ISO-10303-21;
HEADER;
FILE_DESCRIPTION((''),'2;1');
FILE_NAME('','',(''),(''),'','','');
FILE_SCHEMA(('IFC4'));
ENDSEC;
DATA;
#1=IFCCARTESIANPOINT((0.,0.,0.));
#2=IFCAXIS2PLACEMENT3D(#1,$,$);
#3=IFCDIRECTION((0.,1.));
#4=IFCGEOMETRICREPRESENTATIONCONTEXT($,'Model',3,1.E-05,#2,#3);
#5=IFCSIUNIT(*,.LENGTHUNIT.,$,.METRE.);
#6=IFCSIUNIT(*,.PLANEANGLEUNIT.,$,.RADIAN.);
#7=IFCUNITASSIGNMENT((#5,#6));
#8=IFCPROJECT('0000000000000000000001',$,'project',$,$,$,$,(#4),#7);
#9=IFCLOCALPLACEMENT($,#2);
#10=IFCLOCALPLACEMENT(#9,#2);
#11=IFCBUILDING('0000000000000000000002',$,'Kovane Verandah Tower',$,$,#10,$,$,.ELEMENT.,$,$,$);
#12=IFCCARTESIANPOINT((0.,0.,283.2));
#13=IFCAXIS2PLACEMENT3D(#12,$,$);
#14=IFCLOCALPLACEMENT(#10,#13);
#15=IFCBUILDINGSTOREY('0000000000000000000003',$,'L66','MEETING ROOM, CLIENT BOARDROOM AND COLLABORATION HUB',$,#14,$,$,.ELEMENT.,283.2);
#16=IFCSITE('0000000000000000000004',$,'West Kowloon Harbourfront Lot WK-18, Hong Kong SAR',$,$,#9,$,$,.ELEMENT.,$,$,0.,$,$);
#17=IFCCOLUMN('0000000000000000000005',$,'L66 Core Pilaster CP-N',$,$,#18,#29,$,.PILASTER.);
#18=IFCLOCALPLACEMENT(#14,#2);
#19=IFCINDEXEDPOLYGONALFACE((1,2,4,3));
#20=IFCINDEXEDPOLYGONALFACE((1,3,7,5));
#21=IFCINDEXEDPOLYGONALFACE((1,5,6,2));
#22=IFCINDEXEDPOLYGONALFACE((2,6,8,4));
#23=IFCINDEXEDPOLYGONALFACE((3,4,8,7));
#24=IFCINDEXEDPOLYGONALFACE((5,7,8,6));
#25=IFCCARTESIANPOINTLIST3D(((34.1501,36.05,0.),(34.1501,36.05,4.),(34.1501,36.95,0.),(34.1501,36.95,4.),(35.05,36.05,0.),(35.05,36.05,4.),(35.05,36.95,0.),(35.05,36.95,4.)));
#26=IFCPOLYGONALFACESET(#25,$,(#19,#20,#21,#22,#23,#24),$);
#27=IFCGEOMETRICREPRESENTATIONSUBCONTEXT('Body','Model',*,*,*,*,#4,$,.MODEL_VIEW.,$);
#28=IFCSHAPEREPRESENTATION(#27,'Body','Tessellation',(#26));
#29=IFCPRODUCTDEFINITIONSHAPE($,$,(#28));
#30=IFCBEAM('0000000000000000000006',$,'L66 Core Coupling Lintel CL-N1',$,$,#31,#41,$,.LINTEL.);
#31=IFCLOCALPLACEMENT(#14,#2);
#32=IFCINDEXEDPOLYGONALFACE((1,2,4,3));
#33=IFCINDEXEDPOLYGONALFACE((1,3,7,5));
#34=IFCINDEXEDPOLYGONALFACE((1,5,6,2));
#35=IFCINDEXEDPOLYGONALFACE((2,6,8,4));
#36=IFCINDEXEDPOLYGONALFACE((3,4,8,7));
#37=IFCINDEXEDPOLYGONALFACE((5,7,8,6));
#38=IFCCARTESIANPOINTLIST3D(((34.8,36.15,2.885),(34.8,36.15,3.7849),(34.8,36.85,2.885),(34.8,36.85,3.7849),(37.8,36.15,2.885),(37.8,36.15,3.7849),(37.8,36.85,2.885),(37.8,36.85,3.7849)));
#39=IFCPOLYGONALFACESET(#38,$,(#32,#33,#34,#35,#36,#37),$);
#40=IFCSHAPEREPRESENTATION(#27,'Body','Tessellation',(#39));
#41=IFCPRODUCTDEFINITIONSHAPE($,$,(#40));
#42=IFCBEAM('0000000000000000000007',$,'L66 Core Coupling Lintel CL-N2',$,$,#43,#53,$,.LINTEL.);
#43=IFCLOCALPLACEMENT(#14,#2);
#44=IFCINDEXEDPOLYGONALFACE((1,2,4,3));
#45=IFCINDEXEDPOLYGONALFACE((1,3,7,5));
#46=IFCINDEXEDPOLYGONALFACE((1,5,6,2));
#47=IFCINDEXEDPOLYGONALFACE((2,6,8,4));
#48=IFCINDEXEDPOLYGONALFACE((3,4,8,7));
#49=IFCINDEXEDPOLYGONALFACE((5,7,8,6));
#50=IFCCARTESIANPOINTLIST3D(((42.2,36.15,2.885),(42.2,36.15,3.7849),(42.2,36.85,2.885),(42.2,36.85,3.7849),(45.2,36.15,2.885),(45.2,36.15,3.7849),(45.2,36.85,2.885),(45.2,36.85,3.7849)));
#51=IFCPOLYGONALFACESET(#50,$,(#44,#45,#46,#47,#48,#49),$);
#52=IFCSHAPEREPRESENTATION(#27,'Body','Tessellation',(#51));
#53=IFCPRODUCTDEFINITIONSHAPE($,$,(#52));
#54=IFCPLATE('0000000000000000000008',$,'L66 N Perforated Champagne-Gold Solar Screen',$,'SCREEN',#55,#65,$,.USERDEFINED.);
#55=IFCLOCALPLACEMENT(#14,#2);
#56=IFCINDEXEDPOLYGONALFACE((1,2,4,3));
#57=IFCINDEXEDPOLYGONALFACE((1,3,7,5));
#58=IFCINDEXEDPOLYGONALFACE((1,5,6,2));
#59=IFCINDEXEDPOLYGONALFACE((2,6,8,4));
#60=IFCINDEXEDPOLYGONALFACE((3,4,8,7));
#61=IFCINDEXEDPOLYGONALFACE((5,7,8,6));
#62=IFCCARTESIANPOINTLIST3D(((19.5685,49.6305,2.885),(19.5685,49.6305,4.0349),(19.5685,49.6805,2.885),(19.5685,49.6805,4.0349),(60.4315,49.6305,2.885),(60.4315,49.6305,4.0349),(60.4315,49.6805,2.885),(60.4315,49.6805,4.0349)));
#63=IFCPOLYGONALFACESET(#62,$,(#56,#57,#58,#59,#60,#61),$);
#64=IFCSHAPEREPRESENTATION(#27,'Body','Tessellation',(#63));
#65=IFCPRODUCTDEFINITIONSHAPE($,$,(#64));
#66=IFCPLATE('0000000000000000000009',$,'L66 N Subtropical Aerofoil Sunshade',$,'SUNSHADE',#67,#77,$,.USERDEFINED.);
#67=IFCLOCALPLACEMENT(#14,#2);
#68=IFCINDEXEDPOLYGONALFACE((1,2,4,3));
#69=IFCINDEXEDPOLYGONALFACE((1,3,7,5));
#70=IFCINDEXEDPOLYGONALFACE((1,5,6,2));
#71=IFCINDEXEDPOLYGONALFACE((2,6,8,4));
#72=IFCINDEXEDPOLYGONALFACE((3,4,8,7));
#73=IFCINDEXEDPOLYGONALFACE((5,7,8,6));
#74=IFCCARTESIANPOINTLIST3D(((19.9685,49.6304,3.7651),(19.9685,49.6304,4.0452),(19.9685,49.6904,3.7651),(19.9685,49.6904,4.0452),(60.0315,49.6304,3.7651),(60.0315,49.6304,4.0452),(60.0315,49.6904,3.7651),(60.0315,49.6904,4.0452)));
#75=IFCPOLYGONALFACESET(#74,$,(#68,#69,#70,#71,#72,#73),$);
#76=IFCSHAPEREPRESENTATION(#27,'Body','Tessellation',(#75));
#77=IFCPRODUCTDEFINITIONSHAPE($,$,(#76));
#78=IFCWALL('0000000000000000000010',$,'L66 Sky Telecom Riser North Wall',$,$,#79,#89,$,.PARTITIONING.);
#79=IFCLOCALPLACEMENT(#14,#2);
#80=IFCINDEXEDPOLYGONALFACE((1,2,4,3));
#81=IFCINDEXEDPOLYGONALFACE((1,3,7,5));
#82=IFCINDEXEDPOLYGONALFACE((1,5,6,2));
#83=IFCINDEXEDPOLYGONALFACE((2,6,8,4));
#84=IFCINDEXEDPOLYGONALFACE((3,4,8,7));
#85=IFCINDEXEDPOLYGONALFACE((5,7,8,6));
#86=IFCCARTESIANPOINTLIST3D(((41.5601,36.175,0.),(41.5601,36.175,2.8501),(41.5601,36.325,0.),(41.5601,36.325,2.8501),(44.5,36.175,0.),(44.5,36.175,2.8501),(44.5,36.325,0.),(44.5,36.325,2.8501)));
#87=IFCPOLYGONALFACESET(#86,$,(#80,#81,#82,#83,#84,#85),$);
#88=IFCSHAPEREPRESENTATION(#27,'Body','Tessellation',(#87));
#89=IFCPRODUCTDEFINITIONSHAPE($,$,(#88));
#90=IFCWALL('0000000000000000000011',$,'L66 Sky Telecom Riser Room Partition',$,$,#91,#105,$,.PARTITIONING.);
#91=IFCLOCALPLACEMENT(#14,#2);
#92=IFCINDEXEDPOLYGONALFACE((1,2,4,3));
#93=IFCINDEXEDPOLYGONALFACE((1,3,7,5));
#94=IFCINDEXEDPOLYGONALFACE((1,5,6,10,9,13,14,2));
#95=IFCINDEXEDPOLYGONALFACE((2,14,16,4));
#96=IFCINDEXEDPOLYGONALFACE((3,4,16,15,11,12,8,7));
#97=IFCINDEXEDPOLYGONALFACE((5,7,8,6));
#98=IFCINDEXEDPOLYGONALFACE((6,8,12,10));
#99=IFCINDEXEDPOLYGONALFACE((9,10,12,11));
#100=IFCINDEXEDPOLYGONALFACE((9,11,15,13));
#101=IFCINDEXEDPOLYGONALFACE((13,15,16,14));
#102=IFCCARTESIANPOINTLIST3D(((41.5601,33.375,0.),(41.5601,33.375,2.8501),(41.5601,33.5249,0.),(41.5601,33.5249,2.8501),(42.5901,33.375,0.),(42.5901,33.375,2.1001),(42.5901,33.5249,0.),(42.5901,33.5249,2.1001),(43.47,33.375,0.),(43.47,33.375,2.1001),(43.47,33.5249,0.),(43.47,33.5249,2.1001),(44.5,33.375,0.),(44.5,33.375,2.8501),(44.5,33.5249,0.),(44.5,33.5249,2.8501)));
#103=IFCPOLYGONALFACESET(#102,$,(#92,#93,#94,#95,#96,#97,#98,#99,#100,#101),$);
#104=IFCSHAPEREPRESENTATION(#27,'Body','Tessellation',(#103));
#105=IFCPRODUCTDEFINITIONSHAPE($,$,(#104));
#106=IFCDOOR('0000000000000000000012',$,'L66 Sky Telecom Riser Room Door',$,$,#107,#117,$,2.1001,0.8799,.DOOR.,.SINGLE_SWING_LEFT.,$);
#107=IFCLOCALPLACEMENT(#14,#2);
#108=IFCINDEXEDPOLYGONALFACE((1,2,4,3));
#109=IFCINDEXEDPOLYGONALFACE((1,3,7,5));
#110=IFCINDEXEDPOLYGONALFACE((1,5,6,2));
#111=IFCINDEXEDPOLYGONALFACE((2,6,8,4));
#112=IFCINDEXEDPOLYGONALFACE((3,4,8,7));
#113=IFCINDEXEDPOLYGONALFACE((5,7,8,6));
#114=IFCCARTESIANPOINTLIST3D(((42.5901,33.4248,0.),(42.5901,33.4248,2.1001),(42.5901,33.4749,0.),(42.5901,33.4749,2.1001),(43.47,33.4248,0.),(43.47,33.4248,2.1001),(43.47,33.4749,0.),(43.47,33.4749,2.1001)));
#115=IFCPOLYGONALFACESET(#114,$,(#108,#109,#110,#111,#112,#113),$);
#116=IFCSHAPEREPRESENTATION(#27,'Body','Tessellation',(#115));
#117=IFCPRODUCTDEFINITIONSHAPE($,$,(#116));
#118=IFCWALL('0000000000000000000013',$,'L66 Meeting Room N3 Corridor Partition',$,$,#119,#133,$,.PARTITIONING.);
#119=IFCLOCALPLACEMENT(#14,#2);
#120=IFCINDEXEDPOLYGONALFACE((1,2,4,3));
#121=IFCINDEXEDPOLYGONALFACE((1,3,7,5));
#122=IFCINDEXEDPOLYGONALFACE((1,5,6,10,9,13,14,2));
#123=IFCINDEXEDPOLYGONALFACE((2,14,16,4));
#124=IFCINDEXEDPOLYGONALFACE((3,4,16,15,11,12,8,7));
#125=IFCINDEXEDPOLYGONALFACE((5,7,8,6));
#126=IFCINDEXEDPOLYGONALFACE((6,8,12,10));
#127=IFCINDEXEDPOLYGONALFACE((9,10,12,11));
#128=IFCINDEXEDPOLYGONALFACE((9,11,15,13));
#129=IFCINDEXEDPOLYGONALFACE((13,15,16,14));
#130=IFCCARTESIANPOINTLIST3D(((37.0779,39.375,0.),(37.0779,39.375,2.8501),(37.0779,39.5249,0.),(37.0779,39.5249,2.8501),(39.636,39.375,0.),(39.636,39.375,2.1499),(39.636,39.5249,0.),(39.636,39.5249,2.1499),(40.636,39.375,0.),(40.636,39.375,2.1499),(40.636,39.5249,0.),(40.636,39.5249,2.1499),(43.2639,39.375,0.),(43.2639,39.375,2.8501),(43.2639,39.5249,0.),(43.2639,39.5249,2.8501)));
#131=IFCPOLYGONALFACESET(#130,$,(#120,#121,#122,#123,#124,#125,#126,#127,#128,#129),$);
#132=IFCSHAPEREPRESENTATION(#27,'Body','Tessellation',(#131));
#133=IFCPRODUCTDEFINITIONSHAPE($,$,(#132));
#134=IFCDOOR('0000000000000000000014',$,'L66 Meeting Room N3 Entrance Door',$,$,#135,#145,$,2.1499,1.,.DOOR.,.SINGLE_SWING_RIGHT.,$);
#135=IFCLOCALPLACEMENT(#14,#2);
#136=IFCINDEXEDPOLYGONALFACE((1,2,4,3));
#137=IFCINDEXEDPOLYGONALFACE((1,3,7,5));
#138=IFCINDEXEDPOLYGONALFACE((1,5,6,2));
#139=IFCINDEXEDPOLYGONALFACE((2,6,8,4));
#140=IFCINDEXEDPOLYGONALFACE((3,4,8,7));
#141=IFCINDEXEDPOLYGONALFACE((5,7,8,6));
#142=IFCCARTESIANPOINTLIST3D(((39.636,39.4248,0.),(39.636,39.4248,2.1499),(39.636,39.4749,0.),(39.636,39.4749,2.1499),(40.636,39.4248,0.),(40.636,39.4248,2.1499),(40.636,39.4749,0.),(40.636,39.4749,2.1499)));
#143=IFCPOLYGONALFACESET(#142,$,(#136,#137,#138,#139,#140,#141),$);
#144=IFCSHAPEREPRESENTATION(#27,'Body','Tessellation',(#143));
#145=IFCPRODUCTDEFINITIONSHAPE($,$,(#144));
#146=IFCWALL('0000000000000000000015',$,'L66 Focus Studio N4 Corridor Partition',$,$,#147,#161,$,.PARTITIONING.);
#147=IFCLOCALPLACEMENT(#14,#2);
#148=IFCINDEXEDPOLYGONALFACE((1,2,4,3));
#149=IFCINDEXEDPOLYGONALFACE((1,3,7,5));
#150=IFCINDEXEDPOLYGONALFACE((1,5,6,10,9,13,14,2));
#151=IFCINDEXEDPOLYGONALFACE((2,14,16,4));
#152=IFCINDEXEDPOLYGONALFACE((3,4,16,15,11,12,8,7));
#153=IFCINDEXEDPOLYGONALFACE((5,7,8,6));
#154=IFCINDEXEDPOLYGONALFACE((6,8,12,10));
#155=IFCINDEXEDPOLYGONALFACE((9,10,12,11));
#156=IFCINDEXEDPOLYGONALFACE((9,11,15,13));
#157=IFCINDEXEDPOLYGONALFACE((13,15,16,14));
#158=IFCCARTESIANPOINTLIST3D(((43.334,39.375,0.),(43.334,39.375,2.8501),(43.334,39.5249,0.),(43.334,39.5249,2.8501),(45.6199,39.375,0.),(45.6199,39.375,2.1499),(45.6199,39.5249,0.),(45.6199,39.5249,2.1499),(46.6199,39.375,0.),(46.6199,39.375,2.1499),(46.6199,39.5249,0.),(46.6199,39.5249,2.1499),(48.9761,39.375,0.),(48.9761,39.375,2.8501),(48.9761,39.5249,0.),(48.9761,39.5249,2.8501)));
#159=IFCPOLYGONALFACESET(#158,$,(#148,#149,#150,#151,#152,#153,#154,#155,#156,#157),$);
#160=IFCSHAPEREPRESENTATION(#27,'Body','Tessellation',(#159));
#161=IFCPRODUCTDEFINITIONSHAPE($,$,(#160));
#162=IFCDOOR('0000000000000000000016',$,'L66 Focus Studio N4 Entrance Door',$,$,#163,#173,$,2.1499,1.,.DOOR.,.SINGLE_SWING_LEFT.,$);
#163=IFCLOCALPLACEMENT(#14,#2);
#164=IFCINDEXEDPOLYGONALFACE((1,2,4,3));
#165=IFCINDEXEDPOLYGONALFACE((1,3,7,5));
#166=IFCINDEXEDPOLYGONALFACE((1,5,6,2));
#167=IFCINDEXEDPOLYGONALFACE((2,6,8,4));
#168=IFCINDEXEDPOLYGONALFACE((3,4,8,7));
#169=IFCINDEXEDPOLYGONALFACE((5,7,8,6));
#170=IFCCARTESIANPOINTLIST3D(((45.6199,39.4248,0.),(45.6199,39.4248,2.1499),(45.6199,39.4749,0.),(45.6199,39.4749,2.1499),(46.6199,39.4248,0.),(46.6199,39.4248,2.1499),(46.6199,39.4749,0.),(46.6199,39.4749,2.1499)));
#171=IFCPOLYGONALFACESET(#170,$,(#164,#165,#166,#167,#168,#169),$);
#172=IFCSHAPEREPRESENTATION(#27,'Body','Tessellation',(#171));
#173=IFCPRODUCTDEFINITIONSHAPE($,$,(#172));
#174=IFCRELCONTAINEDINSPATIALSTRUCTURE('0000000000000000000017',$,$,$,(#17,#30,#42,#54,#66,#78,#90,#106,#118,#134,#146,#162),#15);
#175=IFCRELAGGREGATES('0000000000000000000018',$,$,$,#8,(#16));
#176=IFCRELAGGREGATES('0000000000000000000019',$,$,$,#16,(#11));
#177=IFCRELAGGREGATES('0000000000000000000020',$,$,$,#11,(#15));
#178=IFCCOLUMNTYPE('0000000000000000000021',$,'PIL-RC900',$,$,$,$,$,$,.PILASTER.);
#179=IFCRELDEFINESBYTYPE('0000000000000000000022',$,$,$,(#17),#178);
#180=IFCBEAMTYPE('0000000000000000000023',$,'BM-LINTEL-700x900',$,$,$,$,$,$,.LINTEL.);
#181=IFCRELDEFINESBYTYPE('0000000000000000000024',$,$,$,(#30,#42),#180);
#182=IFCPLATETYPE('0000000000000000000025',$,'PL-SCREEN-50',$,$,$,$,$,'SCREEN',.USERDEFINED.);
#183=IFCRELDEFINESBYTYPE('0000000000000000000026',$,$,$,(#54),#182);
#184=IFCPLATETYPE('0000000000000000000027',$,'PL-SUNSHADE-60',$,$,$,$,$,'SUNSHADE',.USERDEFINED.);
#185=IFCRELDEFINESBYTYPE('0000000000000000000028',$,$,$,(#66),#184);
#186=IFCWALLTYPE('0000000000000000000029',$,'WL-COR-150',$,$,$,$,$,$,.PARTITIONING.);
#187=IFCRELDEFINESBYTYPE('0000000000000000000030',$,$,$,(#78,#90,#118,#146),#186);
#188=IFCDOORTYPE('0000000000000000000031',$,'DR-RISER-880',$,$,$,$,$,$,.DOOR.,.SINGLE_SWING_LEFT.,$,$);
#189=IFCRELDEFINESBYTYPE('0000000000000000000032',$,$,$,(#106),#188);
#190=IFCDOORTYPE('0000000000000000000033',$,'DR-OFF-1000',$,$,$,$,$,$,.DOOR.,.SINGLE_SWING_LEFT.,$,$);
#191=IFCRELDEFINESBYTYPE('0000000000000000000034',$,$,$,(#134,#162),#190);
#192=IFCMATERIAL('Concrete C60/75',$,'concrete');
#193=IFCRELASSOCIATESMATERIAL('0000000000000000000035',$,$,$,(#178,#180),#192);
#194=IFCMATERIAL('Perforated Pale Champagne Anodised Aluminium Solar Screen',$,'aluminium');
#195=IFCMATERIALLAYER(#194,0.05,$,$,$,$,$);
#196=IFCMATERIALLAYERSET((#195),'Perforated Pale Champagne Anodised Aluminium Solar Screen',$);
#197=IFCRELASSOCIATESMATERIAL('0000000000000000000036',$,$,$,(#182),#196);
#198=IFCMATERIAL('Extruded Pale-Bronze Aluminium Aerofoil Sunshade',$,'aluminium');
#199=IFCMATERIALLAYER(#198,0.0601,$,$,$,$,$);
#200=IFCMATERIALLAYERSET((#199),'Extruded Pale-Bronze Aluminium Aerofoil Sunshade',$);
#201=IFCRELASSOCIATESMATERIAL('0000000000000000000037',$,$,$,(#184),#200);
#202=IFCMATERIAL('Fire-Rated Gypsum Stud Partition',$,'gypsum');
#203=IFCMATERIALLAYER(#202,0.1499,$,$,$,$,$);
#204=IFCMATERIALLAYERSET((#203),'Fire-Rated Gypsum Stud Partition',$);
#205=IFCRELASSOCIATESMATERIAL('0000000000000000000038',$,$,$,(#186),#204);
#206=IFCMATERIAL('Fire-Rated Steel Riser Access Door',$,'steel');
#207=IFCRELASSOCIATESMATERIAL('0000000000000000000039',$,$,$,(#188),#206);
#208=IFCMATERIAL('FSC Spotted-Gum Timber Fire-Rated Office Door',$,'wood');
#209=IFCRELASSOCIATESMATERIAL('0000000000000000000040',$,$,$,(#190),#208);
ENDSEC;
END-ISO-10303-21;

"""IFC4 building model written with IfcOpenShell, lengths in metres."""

from ifc_helpers import new_model, si_unit, direction, frame, frame_2d, origin, origin_2d, place, context, subcontext, project, spatial, rectangle, extrude, material, layer, layer_set, material_profile, profile_set, type_object, element, fill, save


model = new_model("IFC4")

# Units and contexts
model_context = context("Model", 3, precision=1e-05, world=origin(), true_north=direction((0.0, 1.0)))
body_context = subcontext(model_context, "Body", "Model", "MODEL_VIEW")
ifc_project = project(units=[si_unit("LENGTHUNIT", "METRE"), si_unit("PLANEANGLEUNIT", "RADIAN")], contexts=[model_context])

# Site, building, storey
site_placement = place(None, origin())
site = spatial("IfcSite", under=ifc_project, at=site_placement, Name="West Kowloon Harbourfront Lot WK-18, Hong Kong SAR", CompositionType="ELEMENT", RefElevation=0.0)
building_placement = place(site_placement, origin())
building = spatial("IfcBuilding", under=site, at=building_placement, Name="Kovane Verandah Tower", CompositionType="ELEMENT")
storey_placement = place(building_placement, frame((0.0, 0.0, 283.2)))
storey = spatial("IfcBuildingStorey", under=building, at=storey_placement, Name="L66", Description="MEETING ROOM, CLIENT BOARDROOM AND COLLABORATION HUB", CompositionType="ELEMENT", Elevation=283.2)

# Column
ifc_material_1 = material(Name="Concrete C60/75", Category="concrete")
ifc_material_profile_1 = material_profile(ifc_material_1, rectangle(XDim=0.8999, YDim=0.8999, at=origin_2d()), Name="RC900x900")
ifc_profile_set_1 = profile_set([ifc_material_profile_1], Name="Concrete C60/75")
column_type = type_object("IfcColumnType", Name="PIL-RC900", PredefinedType="PILASTER", material=ifc_profile_set_1)
column_placement = place(storey_placement, frame((34.6001, 36.5, 0.0), z_axis=(0.0, 0.0, 1.0), x_axis=(1.0, 0.0, 0.0)))
element("IfcColumn", 1, at=column_placement, inside=storey, type_object=column_type, Name="L66 Core Pilaster CP-N", PredefinedType="PILASTER", context=body_context, shape_type="SweptSolid", body=[
    extrude(rectangle(XDim=0.8999, YDim=0.8999, at=origin_2d()), origin(), (0.0, 0.0, 1.0), 4.0),
])

# Beams
ifc_material_profile_2 = material_profile(ifc_material_1, rectangle(XDim=0.7, YDim=0.8999, at=origin_2d()), Name="RCB700x900")
ifc_profile_set_2 = profile_set([ifc_material_profile_2], Name="Concrete C60/75")
beam_type = type_object("IfcBeamType", Name="BM-LINTEL-700x900", PredefinedType="LINTEL", material=ifc_profile_set_2)
for number, where, z_axis, x_axis, name in (
    (2, (34.8, 36.5, 3.335), (1.0, 0.0, 0.0), (0.0, 1.0, 0.0), "L66 Core Coupling Lintel CL-N1"),
    (3, (42.2, 36.5, 3.335), (1.0, 0.0, 0.0), (0.0, 1.0, 0.0), "L66 Core Coupling Lintel CL-N2"),
):
    element("IfcBeam", number, at=place(storey_placement, frame(where, z_axis=z_axis, x_axis=x_axis)), inside=storey, type_object=beam_type, Name=name, PredefinedType="LINTEL", context=body_context, shape_type="SweptSolid", body=[
        extrude(rectangle(XDim=0.7, YDim=0.8999, at=origin_2d()), origin(), (0.0, 0.0, 1.0), 3.0),
    ])

# Plates
ifc_material_2 = material(Name="Perforated Pale Champagne Anodised Aluminium Solar Screen", Category="aluminium")
ifc_layer_1 = layer(ifc_material_2, 0.05)
ifc_layer_set_1 = layer_set([ifc_layer_1], Name="Perforated Pale Champagne Anodised Aluminium Solar Screen")
plate_type_1 = type_object("IfcPlateType", Name="PL-SCREEN-50", ElementType="SCREEN", PredefinedType="USERDEFINED", material=ifc_layer_set_1)
plate_1_placement = place(storey_placement, frame((40.0, 49.6555, 2.885), z_axis=(0.0, 0.0, 1.0), x_axis=(-1.0, 0.0, 0.0)))
element("IfcPlate", 4, at=plate_1_placement, inside=storey, type_object=plate_type_1, Name="L66 N Perforated Champagne-Gold Solar Screen", ObjectType="SCREEN", PredefinedType="USERDEFINED", context=body_context, shape_type="SweptSolid", body=[
    extrude(rectangle(XDim=40.863, YDim=0.05, at=origin_2d()), origin(), (0.0, 0.0, 1.0), 1.1499),
])
ifc_material_3 = material(Name="Extruded Pale-Bronze Aluminium Aerofoil Sunshade", Category="aluminium")
ifc_layer_2 = layer(ifc_material_3, 0.0601)
ifc_layer_set_2 = layer_set([ifc_layer_2], Name="Extruded Pale-Bronze Aluminium Aerofoil Sunshade")
plate_type_2 = type_object("IfcPlateType", Name="PL-SUNSHADE-60", ElementType="SUNSHADE", PredefinedType="USERDEFINED", material=ifc_layer_set_2)
plate_2_placement = place(storey_placement, frame((40.0, 49.6604, 3.7651), z_axis=(0.0, 0.0, 1.0), x_axis=(-1.0, 0.0, 0.0)))
element("IfcPlate", 5, at=plate_2_placement, inside=storey, type_object=plate_type_2, Name="L66 N Subtropical Aerofoil Sunshade", ObjectType="SUNSHADE", PredefinedType="USERDEFINED", context=body_context, shape_type="SweptSolid", body=[
    extrude(rectangle(XDim=40.063, YDim=0.0601, at=origin_2d()), origin(), (0.0, 0.0, 1.0), 0.28),
])

# Wall
ifc_material_4 = material(Name="Fire-Rated Gypsum Stud Partition", Category="gypsum")
ifc_layer_3 = layer(ifc_material_4, 0.1499)
ifc_layer_set_3 = layer_set([ifc_layer_3], Name="Fire-Rated Gypsum Stud Partition")
wall_type_1 = type_object("IfcWallType", Name="WL-COR-150", PredefinedType="PARTITIONING", material=ifc_layer_set_3)
wall_1_placement = place(storey_placement, frame((41.5601, 36.25, 0.0), z_axis=(0.0, 0.0, 1.0), x_axis=(1.0, 0.0, 0.0)))
element("IfcWall", 6, at=wall_1_placement, inside=storey, type_object=wall_type_1, Name="L66 Sky Telecom Riser North Wall", PredefinedType="PARTITIONING", context=body_context, shape_type="SweptSolid", body=[
    extrude(rectangle(XDim=2.9399, YDim=0.1499, at=frame_2d((1.47, 0.0))), origin(), (0.0, 0.0, 1.0), 2.8501),
])

# Walls, openings, doors
wall_2_placement = place(storey_placement, frame((41.5601, 33.45, 0.0), z_axis=(0.0, 0.0, 1.0), x_axis=(1.0, 0.0, 0.0)))
wall_2 = element("IfcWall", 7, at=wall_2_placement, inside=storey, type_object=wall_type_1, Name="L66 Sky Telecom Riser Room Partition", PredefinedType="PARTITIONING", context=body_context, shape_type="SweptSolid", body=[
    extrude(rectangle(XDim=2.9399, YDim=0.1499, at=frame_2d((1.47, 0.0))), origin(), (0.0, 0.0, 1.0), 2.8501),
])
opening_1_placement = place(wall_2_placement, frame((1.03, 0.0, 0.0)))
opening_1 = element("IfcOpeningElement", 8, at=opening_1_placement, cuts=wall_2, PredefinedType="OPENING", context=body_context, shape_type="SweptSolid", body=[
    extrude(rectangle(XDim=0.8799, YDim=2.1001, at=frame_2d((0.4399, 1.05))), frame((0.0, 0.075, 0.0), z_axis=(0.0, -1.0, 0.0), x_axis=(1.0, 0.0, 0.0)), (0.0, 0.0, 1.0), 0.1499),
])
ifc_material_5 = material(Name="Fire-Rated Steel Riser Access Door", Category="steel")
door_type_1 = type_object("IfcDoorType", Name="DR-RISER-880", OperationType="SINGLE_SWING_LEFT", PredefinedType="DOOR", material=ifc_material_5)
door_1_placement = place(opening_1_placement, origin())
door_1 = element("IfcDoor", 9, at=door_1_placement, inside=storey, type_object=door_type_1, Name="L66 Sky Telecom Riser Room Door", OperationType="SINGLE_SWING_LEFT", OverallHeight=2.1001, OverallWidth=0.8799, PredefinedType="DOOR", context=body_context, shape_type="SweptSolid", body=[
    extrude(rectangle(XDim=0.8799, YDim=2.1001, at=frame_2d((0.4399, 1.05))), frame((0.0, 0.0249, 0.0), z_axis=(0.0, -1.0, 0.0), x_axis=(1.0, 0.0, 0.0)), (0.0, 0.0, 1.0), 0.05),
])
fill(opening_1, door_1)
wall_3_placement = place(storey_placement, frame((37.0779, 39.45, 0.0), z_axis=(0.0, 0.0, 1.0), x_axis=(1.0, 0.0, 0.0)))
wall_3 = element("IfcWall", 10, at=wall_3_placement, inside=storey, type_object=wall_type_1, Name="L66 Meeting Room N3 Corridor Partition", PredefinedType="PARTITIONING", context=body_context, shape_type="SweptSolid", body=[
    extrude(rectangle(XDim=6.186, YDim=0.1499, at=frame_2d((3.093, 0.0))), origin(), (0.0, 0.0, 1.0), 2.8501),
])
opening_2_placement = place(wall_3_placement, frame((2.5581, 0.0, 0.0)))
opening_2 = element("IfcOpeningElement", 11, at=opening_2_placement, cuts=wall_3, PredefinedType="OPENING", context=body_context, shape_type="SweptSolid", body=[
    extrude(rectangle(XDim=1.0, YDim=2.1499, at=frame_2d((0.5, 1.075))), frame((0.0, 0.075, 0.0), z_axis=(0.0, -1.0, 0.0), x_axis=(1.0, 0.0, 0.0)), (0.0, 0.0, 1.0), 0.1499),
])
ifc_material_6 = material(Name="FSC Spotted-Gum Timber Fire-Rated Office Door", Category="wood")
door_type_2 = type_object("IfcDoorType", Name="DR-OFF-1000", OperationType="SINGLE_SWING_LEFT", PredefinedType="DOOR", material=ifc_material_6)
door_2_placement = place(opening_2_placement, origin())
door_2 = element("IfcDoor", 12, at=door_2_placement, inside=storey, type_object=door_type_2, Name="L66 Meeting Room N3 Entrance Door", OperationType="SINGLE_SWING_RIGHT", OverallHeight=2.1499, OverallWidth=1.0, PredefinedType="DOOR", context=body_context, shape_type="SweptSolid", body=[
    extrude(rectangle(XDim=1.0, YDim=2.1499, at=frame_2d((0.5, 1.075))), frame((0.0, 0.0249, 0.0), z_axis=(0.0, -1.0, 0.0), x_axis=(1.0, 0.0, 0.0)), (0.0, 0.0, 1.0), 0.05),
])
fill(opening_2, door_2)
wall_4_placement = place(storey_placement, frame((43.334, 39.45, 0.0), z_axis=(0.0, 0.0, 1.0), x_axis=(1.0, 0.0, 0.0)))
wall_4 = element("IfcWall", 13, at=wall_4_placement, inside=storey, type_object=wall_type_1, Name="L66 Focus Studio N4 Corridor Partition", PredefinedType="PARTITIONING", context=body_context, shape_type="SweptSolid", body=[
    extrude(rectangle(XDim=5.6421, YDim=0.1499, at=frame_2d((2.821, 0.0))), origin(), (0.0, 0.0, 1.0), 2.8501),
])
opening_3_placement = place(wall_4_placement, frame((2.2859, 0.0, 0.0)))
opening_3 = element("IfcOpeningElement", 14, at=opening_3_placement, cuts=wall_4, PredefinedType="OPENING", context=body_context, shape_type="SweptSolid", body=[
    extrude(rectangle(XDim=1.0, YDim=2.1499, at=frame_2d((0.5, 1.075))), frame((0.0, 0.075, 0.0), z_axis=(0.0, -1.0, 0.0), x_axis=(1.0, 0.0, 0.0)), (0.0, 0.0, 1.0), 0.1499),
])
door_3_placement = place(opening_3_placement, origin())
door_3 = element("IfcDoor", 15, at=door_3_placement, inside=storey, type_object=door_type_2, Name="L66 Focus Studio N4 Entrance Door", OperationType="SINGLE_SWING_LEFT", OverallHeight=2.1499, OverallWidth=1.0, PredefinedType="DOOR", context=body_context, shape_type="SweptSolid", body=[
    extrude(rectangle(XDim=1.0, YDim=2.1499, at=frame_2d((0.5, 1.075))), frame((0.0, 0.0249, 0.0), z_axis=(0.0, -1.0, 0.0), x_axis=(1.0, 0.0, 0.0)), (0.0, 0.0, 1.0), 0.05),
])
fill(opening_3, door_3)

save(model, "model.ifc")
